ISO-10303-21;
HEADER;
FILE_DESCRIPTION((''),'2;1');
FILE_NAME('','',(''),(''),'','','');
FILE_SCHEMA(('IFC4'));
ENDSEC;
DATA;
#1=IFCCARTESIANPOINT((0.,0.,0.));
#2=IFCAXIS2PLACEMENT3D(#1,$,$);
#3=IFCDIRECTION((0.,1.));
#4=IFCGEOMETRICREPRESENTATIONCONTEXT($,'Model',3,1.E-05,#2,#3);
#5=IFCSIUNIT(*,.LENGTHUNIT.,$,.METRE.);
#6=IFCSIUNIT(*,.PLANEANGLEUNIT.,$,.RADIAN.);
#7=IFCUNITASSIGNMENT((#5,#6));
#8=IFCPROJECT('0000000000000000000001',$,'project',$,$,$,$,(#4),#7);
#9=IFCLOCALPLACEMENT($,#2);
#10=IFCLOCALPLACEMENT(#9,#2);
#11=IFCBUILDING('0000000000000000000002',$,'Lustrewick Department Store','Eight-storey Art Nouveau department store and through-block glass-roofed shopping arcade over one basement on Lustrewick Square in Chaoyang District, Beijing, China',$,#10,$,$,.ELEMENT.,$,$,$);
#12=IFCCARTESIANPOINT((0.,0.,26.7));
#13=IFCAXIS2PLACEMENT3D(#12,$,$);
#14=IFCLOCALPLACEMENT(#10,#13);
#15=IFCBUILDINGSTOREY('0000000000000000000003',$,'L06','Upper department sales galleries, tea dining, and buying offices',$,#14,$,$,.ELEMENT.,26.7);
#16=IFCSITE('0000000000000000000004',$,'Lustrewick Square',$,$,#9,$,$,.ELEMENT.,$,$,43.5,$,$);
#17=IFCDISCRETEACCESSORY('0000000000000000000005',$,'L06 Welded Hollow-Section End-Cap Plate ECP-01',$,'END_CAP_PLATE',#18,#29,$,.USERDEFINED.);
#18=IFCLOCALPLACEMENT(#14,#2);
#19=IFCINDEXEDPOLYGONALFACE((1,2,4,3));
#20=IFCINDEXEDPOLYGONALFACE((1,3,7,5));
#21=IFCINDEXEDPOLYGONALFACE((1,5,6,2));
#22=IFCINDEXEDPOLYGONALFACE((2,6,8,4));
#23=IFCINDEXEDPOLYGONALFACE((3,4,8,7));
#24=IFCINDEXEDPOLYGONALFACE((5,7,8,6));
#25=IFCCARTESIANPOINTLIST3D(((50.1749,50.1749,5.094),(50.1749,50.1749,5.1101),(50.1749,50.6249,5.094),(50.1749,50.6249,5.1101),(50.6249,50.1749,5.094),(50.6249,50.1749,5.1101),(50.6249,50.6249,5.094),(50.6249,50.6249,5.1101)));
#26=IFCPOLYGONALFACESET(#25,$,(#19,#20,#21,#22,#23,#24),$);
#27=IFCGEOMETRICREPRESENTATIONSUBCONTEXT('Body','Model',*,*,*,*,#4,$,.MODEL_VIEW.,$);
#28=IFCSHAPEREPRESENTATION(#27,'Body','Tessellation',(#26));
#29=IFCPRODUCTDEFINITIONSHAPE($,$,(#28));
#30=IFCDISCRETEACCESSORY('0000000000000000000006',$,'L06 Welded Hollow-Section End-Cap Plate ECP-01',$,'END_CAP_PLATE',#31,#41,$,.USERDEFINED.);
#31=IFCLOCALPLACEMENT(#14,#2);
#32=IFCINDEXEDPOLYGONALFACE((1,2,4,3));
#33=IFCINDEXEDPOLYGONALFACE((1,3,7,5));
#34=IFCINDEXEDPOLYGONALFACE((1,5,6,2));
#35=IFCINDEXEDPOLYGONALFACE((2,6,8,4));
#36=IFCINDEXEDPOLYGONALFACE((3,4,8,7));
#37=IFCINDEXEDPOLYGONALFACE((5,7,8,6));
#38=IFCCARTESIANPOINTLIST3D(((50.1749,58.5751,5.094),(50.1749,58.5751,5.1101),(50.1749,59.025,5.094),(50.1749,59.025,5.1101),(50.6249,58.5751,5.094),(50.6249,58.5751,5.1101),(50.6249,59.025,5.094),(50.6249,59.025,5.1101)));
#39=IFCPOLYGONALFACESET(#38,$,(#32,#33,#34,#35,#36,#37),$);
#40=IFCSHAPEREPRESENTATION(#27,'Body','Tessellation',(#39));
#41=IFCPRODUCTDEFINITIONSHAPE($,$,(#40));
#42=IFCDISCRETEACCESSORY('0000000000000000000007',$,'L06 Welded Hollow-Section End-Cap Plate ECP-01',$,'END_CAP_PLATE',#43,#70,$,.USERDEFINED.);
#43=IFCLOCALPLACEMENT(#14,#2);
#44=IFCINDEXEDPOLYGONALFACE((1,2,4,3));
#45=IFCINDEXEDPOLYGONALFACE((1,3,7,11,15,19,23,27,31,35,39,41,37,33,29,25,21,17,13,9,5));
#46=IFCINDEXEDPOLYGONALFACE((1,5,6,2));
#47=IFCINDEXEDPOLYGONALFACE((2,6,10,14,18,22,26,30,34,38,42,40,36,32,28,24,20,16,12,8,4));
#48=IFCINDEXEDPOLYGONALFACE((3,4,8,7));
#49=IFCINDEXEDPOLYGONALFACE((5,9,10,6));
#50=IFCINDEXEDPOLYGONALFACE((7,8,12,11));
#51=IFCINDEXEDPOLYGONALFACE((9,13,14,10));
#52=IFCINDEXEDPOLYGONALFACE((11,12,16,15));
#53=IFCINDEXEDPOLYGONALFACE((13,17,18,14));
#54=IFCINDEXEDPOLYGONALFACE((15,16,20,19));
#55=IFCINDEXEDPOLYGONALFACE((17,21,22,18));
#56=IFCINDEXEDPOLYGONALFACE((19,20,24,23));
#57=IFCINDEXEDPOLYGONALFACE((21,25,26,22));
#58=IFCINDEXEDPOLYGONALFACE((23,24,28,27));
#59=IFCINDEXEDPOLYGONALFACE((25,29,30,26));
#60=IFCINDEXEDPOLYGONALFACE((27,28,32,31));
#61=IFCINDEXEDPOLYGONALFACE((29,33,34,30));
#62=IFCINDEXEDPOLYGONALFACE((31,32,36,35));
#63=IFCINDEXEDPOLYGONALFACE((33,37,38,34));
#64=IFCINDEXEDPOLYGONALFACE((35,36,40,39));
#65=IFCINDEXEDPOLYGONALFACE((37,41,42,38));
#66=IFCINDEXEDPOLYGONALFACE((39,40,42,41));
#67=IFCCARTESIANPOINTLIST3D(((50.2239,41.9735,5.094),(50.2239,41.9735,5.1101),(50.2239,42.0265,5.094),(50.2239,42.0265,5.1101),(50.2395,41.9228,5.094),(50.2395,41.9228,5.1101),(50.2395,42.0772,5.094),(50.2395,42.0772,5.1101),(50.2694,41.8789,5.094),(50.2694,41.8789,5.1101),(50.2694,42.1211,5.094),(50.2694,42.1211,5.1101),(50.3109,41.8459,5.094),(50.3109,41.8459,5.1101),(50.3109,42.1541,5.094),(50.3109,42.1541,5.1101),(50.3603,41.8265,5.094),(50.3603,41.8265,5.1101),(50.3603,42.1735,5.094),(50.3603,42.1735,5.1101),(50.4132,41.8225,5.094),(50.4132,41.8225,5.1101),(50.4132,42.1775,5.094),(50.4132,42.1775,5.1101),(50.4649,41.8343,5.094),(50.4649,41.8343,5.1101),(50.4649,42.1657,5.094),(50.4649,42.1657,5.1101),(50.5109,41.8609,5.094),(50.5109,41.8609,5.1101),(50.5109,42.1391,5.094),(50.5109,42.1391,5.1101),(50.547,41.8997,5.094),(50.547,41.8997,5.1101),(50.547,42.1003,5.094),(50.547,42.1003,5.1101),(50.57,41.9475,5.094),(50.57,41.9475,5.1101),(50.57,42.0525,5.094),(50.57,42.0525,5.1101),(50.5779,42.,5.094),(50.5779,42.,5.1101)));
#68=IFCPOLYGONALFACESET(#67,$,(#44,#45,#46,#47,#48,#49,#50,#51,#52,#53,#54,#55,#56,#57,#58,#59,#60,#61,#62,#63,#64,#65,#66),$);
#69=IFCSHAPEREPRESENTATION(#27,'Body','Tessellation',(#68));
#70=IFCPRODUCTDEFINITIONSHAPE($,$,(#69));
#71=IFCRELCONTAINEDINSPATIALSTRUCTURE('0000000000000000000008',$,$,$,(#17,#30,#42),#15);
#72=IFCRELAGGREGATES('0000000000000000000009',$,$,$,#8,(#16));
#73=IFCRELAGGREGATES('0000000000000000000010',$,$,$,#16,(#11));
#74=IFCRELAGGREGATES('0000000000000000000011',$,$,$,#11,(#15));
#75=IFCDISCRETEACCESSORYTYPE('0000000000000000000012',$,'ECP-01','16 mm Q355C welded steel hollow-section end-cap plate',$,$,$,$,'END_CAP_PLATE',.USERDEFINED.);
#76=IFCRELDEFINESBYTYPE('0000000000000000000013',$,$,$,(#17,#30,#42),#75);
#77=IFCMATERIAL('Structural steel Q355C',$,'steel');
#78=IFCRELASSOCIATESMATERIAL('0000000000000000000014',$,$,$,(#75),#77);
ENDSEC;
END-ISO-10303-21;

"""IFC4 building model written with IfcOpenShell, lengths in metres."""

from ifc_helpers import new_model, si_unit, direction, frame, origin, origin_2d, place, context, subcontext, project, spatial, rectangle, circle, extrude, material, type_object, element, save


model = new_model("IFC4")

# Units and contexts
model_context = context("Model", 3, precision=1e-05, world=origin(), true_north=direction((0.0, 1.0)))
body_context = subcontext(model_context, "Body", "Model", "MODEL_VIEW")
ifc_project = project(units=[si_unit("LENGTHUNIT", "METRE"), si_unit("PLANEANGLEUNIT", "RADIAN")], contexts=[model_context])

# Site, building, storey
site_placement = place(None, origin())
site = spatial("IfcSite", under=ifc_project, at=site_placement, Name="Lustrewick Square", CompositionType="ELEMENT", RefElevation=43.5)
building_placement = place(site_placement, origin())
building = spatial("IfcBuilding", under=site, at=building_placement, Name="Lustrewick Department Store", Description="Eight-storey Art Nouveau department store and through-block glass-roofed shopping arcade over one basement on Lustrewick Square in Chaoyang District, Beijing, China", CompositionType="ELEMENT")
storey_placement = place(building_placement, frame((0.0, 0.0, 26.7)))
storey = spatial("IfcBuildingStorey", under=building, at=storey_placement, Name="L06", Description="Upper department sales galleries, tea dining, and buying offices", CompositionType="ELEMENT", Elevation=26.7)

# Shared definitions
ifc_material_1 = material(Name="Structural steel Q355C", Category="steel")

# Discrete accessories
discrete_accessory_type = type_object("IfcDiscreteAccessoryType", Name="ECP-01", Description="16 mm Q355C welded steel hollow-section end-cap plate", ElementType="END_CAP_PLATE", PredefinedType="USERDEFINED", material=ifc_material_1)
for number, where, z_axis, x_axis, name in (
    (1, (50.3999, 50.3999, 5.094), (0.0, 0.0, 1.0), (1.0, 0.0, 0.0), "L06 Welded Hollow-Section End-Cap Plate ECP-01"),
    (2, (50.3999, 58.8, 5.094), (0.0, 0.0, 1.0), (1.0, 0.0, 0.0), "L06 Welded Hollow-Section End-Cap Plate ECP-01"),
):
    element("IfcDiscreteAccessory", number, at=place(storey_placement, frame(where, z_axis=z_axis, x_axis=x_axis)), inside=storey, type_object=discrete_accessory_type, Name=name, ObjectType="END_CAP_PLATE", PredefinedType="USERDEFINED", context=body_context, shape_type="SweptSolid", body=[
        extrude(rectangle(XDim=0.45, YDim=0.45, at=origin_2d()), origin(), (0.0, 0.0, 1.0), 0.0161),
    ])
discrete_accessory_placement = place(storey_placement, frame((50.3999, 42.0, 5.094), z_axis=(0.0, 0.0, 1.0), x_axis=(1.0, 0.0, 0.0)))
element("IfcDiscreteAccessory", 3, at=discrete_accessory_placement, inside=storey, type_object=discrete_accessory_type, Name="L06 Welded Hollow-Section End-Cap Plate ECP-01", ObjectType="END_CAP_PLATE", PredefinedType="USERDEFINED", context=body_context, shape_type="SweptSolid", body=[
    extrude(circle(Radius=0.178, at=origin_2d()), origin(), (0.0, 0.0, 1.0), 0.0161),
])

save(model, "model.ifc")
